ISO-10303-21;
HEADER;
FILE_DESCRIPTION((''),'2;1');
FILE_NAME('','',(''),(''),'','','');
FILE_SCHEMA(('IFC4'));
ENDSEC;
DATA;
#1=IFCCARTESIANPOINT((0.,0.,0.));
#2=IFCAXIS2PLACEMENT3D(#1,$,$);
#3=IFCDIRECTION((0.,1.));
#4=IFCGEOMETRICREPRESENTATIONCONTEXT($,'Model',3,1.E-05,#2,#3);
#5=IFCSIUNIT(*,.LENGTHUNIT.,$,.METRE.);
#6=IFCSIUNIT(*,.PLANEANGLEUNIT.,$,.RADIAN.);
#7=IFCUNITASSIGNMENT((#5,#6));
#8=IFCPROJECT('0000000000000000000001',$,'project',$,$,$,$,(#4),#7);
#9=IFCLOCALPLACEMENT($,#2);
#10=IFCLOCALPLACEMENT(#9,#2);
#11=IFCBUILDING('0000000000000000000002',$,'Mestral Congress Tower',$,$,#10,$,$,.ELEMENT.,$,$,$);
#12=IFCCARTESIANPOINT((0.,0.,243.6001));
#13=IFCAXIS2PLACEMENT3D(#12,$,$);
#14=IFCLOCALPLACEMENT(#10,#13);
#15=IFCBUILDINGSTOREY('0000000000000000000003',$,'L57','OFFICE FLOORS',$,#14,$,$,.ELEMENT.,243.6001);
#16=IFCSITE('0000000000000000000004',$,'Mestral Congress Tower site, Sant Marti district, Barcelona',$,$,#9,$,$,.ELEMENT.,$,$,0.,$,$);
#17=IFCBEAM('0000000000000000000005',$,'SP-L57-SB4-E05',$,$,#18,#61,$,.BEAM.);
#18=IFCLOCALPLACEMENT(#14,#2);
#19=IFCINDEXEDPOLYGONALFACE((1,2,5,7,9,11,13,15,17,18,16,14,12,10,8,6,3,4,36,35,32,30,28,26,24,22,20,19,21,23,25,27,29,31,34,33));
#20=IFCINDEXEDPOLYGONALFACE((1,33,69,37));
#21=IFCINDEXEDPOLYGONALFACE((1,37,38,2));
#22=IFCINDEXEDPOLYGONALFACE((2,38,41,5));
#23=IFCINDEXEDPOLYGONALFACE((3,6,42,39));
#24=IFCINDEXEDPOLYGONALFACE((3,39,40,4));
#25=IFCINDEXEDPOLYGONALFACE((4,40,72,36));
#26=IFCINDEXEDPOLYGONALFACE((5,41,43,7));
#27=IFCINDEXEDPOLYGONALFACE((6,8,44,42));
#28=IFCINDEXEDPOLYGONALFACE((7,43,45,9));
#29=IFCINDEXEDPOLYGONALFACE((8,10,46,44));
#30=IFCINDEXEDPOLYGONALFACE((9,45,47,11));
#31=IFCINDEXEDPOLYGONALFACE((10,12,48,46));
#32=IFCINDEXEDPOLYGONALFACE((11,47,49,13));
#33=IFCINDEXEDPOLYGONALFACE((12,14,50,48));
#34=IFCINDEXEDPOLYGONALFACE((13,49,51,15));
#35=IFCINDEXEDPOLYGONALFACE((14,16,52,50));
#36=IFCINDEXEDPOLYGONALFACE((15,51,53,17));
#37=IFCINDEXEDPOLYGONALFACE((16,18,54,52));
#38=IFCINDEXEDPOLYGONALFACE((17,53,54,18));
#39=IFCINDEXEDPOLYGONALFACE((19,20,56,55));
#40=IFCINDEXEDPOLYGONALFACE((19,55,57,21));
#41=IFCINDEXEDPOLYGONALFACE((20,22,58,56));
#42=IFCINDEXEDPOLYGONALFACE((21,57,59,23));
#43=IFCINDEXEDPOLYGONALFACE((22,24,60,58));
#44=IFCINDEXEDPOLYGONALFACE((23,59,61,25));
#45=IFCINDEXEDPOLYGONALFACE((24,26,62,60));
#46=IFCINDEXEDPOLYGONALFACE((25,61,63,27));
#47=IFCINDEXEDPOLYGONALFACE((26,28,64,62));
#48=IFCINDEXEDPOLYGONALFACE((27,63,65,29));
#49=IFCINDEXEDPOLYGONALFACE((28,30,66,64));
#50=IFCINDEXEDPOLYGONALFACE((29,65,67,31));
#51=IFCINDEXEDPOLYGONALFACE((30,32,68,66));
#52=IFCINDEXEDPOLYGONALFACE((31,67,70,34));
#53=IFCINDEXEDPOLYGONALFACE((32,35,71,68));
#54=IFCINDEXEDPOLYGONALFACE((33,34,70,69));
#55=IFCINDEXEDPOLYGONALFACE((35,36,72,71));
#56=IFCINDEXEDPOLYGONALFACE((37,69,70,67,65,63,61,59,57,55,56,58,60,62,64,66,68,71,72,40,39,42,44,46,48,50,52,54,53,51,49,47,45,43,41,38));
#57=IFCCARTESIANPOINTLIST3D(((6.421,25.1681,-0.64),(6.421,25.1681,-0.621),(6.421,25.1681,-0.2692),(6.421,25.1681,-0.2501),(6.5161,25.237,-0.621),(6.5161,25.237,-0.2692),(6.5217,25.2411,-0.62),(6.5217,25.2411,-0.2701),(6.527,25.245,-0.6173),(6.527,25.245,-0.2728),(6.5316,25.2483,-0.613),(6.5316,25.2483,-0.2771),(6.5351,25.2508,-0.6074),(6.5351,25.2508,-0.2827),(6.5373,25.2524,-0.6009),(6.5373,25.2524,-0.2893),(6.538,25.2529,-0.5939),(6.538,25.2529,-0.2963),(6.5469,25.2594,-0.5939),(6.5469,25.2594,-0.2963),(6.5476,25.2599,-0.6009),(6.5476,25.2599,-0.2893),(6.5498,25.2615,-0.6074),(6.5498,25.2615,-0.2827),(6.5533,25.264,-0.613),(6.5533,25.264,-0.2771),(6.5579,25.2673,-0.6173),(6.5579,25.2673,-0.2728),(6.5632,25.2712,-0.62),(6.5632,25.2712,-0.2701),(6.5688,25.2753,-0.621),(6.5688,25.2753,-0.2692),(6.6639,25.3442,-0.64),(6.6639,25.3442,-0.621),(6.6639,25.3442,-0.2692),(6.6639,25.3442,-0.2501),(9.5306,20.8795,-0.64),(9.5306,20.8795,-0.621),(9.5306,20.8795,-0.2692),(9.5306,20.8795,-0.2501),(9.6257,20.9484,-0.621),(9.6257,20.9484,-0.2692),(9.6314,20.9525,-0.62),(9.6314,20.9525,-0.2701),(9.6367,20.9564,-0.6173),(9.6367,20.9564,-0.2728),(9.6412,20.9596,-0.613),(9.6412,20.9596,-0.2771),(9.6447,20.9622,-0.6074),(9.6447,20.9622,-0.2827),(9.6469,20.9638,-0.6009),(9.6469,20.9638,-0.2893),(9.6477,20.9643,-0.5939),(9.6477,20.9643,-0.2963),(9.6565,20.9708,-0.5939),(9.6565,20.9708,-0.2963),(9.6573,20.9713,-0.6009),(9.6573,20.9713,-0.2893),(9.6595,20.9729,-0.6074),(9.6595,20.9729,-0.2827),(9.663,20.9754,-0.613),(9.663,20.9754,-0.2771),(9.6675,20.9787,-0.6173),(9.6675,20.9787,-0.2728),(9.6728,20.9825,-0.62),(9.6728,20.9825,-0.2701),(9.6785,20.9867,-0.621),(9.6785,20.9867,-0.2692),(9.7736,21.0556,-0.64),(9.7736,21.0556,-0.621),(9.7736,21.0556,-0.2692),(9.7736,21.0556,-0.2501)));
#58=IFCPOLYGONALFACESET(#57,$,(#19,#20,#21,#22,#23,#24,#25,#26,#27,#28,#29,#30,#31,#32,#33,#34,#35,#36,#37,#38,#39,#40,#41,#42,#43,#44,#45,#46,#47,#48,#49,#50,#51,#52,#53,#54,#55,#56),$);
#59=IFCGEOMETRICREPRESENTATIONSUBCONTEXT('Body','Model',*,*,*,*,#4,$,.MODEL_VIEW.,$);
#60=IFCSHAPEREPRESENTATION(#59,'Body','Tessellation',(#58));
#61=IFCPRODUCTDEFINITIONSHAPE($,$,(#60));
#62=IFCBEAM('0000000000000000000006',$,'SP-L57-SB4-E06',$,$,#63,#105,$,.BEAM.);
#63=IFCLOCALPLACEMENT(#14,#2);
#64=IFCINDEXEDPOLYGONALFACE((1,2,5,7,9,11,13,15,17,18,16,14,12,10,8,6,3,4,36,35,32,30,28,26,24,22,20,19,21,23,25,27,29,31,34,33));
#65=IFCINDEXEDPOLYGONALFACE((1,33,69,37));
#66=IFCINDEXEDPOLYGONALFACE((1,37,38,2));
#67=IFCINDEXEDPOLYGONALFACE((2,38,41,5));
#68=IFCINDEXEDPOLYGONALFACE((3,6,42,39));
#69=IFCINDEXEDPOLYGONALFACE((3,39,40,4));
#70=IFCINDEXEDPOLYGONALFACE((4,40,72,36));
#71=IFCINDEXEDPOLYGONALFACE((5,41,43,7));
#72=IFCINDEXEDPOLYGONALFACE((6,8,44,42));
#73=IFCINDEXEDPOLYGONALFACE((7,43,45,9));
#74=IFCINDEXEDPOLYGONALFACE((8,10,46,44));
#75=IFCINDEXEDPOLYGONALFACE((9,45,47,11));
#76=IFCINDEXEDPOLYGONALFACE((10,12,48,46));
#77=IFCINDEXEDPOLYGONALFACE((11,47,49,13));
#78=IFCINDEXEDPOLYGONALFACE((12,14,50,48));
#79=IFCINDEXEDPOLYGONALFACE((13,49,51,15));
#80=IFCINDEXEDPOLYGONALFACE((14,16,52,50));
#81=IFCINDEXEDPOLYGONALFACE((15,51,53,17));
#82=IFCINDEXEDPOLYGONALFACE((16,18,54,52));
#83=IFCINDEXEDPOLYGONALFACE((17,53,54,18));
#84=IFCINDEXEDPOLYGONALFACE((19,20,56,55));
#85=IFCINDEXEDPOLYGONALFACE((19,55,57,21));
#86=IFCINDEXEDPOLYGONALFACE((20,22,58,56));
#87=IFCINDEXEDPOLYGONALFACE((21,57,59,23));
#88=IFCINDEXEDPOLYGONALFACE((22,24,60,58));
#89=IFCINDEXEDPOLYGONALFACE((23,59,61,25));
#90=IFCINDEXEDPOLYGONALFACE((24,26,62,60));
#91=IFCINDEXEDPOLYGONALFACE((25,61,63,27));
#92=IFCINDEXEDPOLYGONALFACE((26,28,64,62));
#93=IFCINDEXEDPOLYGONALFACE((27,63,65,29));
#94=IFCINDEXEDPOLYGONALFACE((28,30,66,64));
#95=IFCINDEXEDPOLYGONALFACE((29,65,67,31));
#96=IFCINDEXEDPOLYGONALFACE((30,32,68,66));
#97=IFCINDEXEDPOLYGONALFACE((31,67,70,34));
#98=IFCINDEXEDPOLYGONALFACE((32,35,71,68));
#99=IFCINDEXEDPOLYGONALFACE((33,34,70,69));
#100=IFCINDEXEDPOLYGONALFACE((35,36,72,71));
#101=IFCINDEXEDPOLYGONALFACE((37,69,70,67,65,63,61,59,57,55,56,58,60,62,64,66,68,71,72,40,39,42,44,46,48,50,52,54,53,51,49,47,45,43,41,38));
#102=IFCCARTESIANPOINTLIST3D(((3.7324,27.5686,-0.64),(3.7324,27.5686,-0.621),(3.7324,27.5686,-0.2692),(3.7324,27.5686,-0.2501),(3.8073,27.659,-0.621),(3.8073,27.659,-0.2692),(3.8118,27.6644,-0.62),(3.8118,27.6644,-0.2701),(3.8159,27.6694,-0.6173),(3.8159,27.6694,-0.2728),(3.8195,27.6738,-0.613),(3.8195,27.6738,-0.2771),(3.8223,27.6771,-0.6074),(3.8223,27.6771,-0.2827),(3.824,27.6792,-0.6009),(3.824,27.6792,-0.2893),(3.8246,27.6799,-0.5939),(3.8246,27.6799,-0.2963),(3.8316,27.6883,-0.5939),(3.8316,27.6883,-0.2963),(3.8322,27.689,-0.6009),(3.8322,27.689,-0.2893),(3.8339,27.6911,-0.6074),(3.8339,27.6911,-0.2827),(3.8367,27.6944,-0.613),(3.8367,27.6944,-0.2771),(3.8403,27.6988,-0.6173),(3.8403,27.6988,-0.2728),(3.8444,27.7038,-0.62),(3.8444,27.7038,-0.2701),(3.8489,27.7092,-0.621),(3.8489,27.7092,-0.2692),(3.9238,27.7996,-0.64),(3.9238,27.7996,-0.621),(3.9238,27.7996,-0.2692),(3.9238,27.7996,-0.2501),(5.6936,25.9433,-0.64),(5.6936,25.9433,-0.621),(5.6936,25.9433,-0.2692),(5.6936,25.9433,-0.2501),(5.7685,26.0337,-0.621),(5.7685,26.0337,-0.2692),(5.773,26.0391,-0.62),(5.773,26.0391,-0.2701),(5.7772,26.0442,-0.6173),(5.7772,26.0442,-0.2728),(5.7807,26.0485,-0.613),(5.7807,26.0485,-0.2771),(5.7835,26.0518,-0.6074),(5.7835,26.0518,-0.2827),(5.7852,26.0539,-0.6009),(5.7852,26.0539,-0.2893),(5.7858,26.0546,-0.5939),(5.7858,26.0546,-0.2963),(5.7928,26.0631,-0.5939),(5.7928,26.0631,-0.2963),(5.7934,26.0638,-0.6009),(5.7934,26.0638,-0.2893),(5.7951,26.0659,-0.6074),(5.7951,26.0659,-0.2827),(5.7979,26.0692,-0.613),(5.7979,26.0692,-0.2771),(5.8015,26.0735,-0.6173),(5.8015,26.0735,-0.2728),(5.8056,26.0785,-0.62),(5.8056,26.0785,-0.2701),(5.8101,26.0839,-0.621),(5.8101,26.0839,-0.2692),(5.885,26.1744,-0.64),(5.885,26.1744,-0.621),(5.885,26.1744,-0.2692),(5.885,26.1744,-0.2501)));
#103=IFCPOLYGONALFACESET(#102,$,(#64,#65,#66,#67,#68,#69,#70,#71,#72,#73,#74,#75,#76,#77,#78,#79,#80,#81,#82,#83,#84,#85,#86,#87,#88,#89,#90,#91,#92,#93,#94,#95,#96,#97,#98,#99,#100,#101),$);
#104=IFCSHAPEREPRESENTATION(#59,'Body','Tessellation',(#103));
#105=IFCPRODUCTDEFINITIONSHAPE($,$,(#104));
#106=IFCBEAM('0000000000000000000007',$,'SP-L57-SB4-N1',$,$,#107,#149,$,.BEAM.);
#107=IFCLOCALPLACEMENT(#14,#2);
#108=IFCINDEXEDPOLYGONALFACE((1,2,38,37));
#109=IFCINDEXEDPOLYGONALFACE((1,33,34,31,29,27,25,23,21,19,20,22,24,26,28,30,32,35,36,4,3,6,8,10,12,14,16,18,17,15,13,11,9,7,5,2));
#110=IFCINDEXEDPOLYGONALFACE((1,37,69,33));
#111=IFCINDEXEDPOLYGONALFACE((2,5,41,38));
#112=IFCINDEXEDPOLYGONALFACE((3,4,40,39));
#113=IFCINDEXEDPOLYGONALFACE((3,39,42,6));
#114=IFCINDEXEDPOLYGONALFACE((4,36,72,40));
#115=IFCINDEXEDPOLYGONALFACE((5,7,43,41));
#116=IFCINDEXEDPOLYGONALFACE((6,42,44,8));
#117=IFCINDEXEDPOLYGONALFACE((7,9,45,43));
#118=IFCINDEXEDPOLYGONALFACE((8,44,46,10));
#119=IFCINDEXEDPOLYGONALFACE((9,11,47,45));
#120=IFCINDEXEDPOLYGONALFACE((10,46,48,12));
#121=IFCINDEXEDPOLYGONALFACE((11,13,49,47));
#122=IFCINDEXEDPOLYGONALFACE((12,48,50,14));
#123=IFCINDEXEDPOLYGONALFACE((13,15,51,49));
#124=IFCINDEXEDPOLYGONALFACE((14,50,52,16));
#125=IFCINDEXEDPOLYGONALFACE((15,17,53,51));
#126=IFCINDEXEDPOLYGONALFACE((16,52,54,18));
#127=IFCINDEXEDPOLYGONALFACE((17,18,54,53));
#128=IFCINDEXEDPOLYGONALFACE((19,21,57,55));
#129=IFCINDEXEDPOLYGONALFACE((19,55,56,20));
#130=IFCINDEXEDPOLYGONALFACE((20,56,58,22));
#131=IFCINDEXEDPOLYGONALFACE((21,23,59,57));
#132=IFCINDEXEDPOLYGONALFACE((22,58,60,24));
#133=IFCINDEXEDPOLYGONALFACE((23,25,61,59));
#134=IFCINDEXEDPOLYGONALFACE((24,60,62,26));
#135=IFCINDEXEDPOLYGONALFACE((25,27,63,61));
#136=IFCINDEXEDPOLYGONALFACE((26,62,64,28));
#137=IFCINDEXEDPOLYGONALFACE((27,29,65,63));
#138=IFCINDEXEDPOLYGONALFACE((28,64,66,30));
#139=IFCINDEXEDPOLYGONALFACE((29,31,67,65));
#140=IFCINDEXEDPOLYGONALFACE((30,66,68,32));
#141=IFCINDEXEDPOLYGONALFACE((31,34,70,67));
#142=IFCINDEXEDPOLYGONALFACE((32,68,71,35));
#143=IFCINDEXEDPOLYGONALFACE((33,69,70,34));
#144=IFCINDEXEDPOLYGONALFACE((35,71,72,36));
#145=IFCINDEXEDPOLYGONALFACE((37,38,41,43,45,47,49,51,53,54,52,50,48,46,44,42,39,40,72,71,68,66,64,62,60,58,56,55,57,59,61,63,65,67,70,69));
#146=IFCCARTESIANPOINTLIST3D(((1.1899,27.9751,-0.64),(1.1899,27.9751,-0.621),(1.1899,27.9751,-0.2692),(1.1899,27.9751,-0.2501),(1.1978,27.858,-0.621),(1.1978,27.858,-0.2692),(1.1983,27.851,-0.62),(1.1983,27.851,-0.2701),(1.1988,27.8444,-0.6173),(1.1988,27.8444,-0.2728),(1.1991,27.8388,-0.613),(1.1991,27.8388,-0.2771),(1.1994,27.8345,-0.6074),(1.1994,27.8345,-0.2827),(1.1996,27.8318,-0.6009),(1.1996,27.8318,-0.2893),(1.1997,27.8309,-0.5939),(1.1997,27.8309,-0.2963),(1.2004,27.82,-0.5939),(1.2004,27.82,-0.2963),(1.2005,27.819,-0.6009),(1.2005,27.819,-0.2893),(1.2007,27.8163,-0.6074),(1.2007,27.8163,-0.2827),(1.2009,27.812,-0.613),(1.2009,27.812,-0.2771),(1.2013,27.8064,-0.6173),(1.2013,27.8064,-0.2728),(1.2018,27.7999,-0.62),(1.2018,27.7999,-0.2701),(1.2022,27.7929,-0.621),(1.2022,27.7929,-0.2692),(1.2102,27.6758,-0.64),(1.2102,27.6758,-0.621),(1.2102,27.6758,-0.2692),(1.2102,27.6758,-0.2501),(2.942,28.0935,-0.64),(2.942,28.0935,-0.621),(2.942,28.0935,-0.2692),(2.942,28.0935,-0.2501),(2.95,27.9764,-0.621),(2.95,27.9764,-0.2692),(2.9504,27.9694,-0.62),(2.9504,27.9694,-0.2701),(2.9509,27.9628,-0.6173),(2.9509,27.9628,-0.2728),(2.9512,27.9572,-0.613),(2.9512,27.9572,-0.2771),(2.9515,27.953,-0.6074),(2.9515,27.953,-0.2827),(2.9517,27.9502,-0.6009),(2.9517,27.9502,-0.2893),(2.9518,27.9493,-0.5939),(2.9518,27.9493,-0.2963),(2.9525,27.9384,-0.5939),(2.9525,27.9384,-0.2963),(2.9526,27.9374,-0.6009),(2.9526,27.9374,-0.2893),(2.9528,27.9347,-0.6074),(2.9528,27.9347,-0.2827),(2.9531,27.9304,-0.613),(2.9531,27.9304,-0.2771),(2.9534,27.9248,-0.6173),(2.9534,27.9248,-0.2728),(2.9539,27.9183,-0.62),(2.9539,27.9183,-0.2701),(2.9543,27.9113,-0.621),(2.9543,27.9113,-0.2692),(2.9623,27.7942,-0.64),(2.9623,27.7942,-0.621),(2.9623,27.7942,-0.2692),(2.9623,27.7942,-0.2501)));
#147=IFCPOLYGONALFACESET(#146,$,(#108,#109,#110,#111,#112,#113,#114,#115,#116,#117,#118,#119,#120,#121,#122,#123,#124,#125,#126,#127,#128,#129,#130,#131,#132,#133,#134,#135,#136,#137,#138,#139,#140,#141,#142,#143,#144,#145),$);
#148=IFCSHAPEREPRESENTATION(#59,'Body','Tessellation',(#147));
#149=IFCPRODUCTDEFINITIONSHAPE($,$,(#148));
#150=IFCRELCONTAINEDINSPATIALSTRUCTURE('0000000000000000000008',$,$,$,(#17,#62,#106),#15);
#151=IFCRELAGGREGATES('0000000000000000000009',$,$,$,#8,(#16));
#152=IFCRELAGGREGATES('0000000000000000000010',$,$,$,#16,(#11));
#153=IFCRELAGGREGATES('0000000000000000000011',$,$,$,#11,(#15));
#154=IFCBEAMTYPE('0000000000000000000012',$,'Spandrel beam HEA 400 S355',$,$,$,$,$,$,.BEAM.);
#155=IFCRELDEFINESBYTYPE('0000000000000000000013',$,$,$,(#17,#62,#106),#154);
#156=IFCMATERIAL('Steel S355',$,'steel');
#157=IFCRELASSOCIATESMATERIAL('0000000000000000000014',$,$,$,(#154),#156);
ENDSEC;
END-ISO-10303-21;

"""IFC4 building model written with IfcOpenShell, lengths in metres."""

from ifc_helpers import new_model, si_unit, direction, frame, origin, origin_2d, place, context, subcontext, project, spatial, i_section, extrude, material, material_profile, profile_set, type_object, element, save


model = new_model("IFC4")

# Units and contexts
model_context = context("Model", 3, precision=1e-05, world=origin(), true_north=direction((0.0, 1.0)))
body_context = subcontext(model_context, "Body", "Model", "MODEL_VIEW")
ifc_project = project(units=[si_unit("LENGTHUNIT", "METRE"), si_unit("PLANEANGLEUNIT", "RADIAN")], contexts=[model_context])

# Site, building, storey
site_placement = place(None, origin())
site = spatial("IfcSite", under=ifc_project, at=site_placement, Name="Mestral Congress Tower site, Sant Marti district, Barcelona", CompositionType="ELEMENT", RefElevation=0.0)
building_placement = place(site_placement, origin())
building = spatial("IfcBuilding", under=site, at=building_placement, Name="Mestral Congress Tower", CompositionType="ELEMENT")
storey_placement = place(building_placement, frame((0.0, 0.0, 243.6001)))
storey = spatial("IfcBuildingStorey", under=building, at=storey_placement, Name="L57", Description="OFFICE FLOORS", CompositionType="ELEMENT", Elevation=243.6001)

# Beams
ifc_material_1 = material(Name="Steel S355", Category="steel")
ifc_material_profile_1 = material_profile(ifc_material_1, i_section(OverallWidth=0.3, OverallDepth=0.3899, WebThickness=0.011, FlangeThickness=0.019, FilletRadius=0.0271, at=origin_2d()), Name="HEA 400")
ifc_profile_set_1 = profile_set([ifc_material_profile_1], Name="Steel S355")
beam_type_1 = type_object("IfcBeamType", Name="Spandrel beam HEA 400 S355", PredefinedType="BEAM", material=ifc_profile_set_1)
beam_1_placement = place(storey_placement, frame((9.6521, 20.9675, -0.4451), z_axis=(-0.587017, 0.809574, 0.0), x_axis=(-0.809574, -0.587017, 0.0)))
element("IfcBeam", 1, at=beam_1_placement, inside=storey, type_object=beam_type_1, Name="SP-L57-SB4-E05", PredefinedType="BEAM", context=body_context, shape_type="SweptSolid", body=[
    extrude(i_section(OverallWidth=0.3, OverallDepth=0.3899, WebThickness=0.011, FlangeThickness=0.019, FilletRadius=0.0271, at=origin_2d()), origin(), (0.0, 0.0, 1.0), 5.2974),
])
beam_2_placement = place(storey_placement, frame((5.7893, 26.0588, -0.4451), z_axis=(-0.76997, 0.63808, 0.0), x_axis=(-0.63808, -0.76997, 0.0)))
element("IfcBeam", 2, at=beam_2_placement, inside=storey, type_object=beam_type_1, Name="SP-L57-SB4-E06", PredefinedType="BEAM", context=body_context, shape_type="SweptSolid", body=[
    extrude(i_section(OverallWidth=0.3, OverallDepth=0.3899, WebThickness=0.011, FlangeThickness=0.019, FilletRadius=0.0271, at=origin_2d()), origin(), (0.0, 0.0, 1.0), 2.5471),
])
beam_3_placement = place(storey_placement, frame((2.9521, 27.9438, -0.4451), z_axis=(-0.997724, -0.067423, 0.0), x_axis=(0.067423, -0.997724, 0.0)))
element("IfcBeam", 3, at=beam_3_placement, inside=storey, type_object=beam_type_1, Name="SP-L57-SB4-N1", PredefinedType="BEAM", context=body_context, shape_type="SweptSolid", body=[
    extrude(i_section(OverallWidth=0.3, OverallDepth=0.3899, WebThickness=0.011, FlangeThickness=0.019, FilletRadius=0.0271, at=origin_2d()), origin(), (0.0, 0.0, 1.0), 1.7561),
])

save(model, "model.ifc")
